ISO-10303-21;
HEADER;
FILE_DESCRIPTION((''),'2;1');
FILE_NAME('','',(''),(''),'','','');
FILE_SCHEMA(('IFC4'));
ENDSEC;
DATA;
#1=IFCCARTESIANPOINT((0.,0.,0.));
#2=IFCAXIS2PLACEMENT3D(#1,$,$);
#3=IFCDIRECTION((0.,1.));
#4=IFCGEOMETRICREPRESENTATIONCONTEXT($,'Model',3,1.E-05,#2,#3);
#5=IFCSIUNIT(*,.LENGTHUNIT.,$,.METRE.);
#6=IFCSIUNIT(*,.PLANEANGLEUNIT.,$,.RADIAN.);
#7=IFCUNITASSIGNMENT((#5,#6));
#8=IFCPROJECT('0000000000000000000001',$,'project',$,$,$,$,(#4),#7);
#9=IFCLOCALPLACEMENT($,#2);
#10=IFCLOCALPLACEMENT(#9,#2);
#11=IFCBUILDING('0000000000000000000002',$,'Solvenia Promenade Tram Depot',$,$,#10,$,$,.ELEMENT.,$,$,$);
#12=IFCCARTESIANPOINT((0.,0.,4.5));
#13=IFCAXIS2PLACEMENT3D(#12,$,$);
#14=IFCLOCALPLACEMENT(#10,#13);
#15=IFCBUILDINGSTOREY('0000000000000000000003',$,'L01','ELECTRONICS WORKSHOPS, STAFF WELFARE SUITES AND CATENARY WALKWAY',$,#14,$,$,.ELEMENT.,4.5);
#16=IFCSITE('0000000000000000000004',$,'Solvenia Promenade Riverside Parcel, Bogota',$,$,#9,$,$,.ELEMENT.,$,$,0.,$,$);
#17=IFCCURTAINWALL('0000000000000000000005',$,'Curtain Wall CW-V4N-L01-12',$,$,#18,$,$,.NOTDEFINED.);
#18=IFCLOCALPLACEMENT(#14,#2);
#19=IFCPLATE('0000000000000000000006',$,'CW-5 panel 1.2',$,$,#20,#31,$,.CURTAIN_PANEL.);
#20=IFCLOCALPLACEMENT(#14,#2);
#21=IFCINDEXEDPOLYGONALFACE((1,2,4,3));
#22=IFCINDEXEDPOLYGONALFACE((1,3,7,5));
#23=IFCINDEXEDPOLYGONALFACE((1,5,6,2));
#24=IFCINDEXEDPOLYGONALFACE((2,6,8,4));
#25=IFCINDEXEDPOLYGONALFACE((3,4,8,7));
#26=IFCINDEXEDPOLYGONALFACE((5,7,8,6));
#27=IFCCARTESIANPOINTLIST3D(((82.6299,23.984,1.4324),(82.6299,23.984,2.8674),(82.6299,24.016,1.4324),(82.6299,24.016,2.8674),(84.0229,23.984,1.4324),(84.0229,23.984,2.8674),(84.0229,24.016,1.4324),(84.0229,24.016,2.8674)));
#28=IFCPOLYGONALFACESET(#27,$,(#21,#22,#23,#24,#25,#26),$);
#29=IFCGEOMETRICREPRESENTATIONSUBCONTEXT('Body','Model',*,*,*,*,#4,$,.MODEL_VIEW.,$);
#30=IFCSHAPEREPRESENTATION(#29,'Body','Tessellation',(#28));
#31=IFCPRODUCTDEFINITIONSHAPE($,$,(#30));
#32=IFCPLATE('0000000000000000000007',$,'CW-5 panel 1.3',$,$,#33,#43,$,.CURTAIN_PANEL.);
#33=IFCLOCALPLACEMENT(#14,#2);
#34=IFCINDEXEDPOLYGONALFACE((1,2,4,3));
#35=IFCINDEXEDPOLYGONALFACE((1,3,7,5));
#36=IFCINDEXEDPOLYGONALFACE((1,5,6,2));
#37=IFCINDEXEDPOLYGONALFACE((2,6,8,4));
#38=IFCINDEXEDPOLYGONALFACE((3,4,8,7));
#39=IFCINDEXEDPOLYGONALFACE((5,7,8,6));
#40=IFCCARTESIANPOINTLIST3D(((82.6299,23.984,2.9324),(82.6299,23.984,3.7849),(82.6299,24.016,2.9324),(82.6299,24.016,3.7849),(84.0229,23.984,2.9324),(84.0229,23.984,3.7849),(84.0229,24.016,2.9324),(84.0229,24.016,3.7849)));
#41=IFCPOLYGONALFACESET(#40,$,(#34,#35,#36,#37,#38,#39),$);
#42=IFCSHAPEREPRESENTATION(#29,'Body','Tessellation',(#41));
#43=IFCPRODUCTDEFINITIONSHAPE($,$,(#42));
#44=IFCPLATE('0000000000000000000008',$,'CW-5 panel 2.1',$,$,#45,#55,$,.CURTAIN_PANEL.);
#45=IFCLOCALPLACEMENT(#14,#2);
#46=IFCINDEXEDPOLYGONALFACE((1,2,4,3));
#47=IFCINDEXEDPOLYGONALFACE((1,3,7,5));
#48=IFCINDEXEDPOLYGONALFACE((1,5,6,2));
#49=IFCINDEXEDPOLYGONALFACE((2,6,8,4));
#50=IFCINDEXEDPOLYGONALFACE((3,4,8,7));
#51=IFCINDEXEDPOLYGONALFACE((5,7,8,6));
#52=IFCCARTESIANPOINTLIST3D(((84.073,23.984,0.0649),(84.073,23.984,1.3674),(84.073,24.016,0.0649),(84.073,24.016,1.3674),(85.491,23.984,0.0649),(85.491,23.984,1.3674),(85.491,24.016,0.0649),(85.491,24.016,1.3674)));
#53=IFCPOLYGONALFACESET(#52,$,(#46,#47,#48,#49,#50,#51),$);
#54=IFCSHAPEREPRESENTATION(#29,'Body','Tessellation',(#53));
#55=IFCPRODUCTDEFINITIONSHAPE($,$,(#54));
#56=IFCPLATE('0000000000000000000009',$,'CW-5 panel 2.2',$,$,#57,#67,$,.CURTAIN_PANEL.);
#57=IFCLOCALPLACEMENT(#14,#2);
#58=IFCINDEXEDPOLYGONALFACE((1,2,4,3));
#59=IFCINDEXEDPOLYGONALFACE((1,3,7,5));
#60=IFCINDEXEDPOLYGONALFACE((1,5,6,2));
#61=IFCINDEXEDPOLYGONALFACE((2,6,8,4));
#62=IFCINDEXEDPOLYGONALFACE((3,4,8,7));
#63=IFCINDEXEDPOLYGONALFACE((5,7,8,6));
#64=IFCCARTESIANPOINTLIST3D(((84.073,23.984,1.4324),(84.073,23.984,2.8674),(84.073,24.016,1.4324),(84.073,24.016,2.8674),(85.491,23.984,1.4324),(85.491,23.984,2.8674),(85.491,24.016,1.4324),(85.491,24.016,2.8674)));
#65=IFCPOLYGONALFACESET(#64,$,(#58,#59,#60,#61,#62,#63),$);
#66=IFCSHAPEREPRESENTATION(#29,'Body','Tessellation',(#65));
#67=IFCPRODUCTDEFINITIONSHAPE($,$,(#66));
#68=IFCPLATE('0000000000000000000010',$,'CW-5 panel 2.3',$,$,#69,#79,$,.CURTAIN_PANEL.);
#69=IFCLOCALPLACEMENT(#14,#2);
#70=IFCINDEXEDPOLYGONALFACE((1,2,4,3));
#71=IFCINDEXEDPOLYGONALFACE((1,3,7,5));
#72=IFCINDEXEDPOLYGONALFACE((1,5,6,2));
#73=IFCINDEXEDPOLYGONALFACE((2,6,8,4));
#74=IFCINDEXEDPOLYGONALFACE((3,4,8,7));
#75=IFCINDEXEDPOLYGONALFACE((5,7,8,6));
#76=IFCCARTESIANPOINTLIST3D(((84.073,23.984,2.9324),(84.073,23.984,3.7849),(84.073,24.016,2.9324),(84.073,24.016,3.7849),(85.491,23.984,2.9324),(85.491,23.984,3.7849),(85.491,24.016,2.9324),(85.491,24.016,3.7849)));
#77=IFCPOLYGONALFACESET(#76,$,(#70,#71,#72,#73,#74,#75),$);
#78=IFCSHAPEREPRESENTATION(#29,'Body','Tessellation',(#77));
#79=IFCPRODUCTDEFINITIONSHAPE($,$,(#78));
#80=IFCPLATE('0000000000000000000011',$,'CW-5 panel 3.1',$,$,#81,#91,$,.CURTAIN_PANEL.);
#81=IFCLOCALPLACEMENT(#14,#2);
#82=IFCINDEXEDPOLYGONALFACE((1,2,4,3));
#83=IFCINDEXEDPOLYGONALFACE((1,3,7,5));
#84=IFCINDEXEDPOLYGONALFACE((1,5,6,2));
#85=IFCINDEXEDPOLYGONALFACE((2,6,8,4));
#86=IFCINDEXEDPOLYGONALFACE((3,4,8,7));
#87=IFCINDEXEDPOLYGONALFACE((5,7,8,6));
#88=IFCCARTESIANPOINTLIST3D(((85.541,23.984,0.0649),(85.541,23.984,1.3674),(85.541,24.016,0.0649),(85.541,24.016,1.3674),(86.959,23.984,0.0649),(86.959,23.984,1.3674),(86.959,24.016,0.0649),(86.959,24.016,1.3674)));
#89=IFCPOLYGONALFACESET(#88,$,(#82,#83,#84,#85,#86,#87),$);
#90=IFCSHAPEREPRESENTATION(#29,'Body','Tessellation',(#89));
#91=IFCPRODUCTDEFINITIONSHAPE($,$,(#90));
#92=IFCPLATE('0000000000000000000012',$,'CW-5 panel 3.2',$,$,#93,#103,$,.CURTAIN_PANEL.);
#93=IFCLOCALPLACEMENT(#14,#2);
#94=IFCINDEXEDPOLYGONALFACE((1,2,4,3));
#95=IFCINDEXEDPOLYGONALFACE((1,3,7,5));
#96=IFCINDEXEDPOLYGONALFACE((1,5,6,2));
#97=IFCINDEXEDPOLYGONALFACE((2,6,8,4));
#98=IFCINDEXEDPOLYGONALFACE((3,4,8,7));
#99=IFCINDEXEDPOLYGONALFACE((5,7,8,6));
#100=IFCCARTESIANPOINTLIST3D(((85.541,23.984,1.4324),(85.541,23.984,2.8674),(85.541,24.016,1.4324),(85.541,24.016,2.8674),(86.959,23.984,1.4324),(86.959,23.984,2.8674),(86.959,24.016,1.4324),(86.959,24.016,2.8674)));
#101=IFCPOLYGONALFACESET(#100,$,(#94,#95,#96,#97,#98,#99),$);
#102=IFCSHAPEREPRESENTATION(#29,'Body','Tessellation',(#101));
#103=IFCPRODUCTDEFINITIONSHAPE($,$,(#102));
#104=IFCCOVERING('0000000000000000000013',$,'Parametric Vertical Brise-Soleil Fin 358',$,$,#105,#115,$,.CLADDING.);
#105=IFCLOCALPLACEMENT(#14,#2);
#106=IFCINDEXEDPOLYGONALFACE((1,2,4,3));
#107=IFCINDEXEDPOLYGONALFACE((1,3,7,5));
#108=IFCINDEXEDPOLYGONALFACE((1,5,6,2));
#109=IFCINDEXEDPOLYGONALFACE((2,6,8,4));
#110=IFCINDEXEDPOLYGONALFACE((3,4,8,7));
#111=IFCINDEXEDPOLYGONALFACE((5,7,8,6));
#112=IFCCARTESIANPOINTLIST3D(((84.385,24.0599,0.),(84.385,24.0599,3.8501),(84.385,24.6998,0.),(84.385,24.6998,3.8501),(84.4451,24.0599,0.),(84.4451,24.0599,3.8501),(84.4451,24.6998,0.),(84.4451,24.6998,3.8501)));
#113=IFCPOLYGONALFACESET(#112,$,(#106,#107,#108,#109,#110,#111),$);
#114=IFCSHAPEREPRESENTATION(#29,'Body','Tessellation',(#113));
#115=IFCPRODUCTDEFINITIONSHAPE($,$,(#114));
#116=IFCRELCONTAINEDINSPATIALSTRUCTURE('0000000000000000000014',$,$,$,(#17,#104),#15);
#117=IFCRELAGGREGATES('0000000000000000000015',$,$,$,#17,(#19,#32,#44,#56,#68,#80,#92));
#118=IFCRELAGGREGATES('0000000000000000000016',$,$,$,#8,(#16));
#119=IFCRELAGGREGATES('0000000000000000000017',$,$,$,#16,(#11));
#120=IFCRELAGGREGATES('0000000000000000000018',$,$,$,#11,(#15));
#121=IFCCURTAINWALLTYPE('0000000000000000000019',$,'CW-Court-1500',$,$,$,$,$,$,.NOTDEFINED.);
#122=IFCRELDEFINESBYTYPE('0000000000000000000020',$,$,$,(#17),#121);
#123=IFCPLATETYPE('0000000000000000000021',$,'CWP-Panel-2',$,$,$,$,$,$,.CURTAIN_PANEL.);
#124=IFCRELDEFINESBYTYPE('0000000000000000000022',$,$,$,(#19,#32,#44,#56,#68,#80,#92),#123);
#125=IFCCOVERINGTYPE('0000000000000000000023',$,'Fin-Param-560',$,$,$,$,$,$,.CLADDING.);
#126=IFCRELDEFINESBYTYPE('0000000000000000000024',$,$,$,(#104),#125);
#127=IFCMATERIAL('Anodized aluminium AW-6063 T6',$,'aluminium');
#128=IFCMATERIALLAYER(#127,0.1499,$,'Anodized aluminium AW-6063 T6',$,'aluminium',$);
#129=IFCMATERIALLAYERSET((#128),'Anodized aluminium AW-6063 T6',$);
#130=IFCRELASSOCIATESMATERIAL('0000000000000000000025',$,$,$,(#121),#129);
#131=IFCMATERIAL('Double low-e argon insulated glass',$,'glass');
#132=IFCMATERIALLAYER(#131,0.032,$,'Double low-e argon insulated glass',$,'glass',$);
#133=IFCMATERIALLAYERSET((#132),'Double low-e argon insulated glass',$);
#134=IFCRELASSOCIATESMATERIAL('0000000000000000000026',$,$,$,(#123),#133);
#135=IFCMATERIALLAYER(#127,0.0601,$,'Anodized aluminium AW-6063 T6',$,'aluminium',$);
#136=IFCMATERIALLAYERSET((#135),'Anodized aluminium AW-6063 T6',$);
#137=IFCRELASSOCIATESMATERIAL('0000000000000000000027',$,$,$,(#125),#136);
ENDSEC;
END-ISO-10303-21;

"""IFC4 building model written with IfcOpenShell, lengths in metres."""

from ifc_helpers import new_model, si_unit, direction, frame, origin, origin_2d, place, context, subcontext, project, spatial, rectangle, extrude, material, layer, layer_set, type_object, element, aggregate, save


model = new_model("IFC4")

# Units and contexts
model_context = context("Model", 3, precision=1e-05, world=origin(), true_north=direction((0.0, 1.0)))
body_context = subcontext(model_context, "Body", "Model", "MODEL_VIEW")
ifc_project = project(units=[si_unit("LENGTHUNIT", "METRE"), si_unit("PLANEANGLEUNIT", "RADIAN")], contexts=[model_context])

# Site, building, storey
site_placement = place(None, origin())
site = spatial("IfcSite", under=ifc_project, at=site_placement, Name="Solvenia Promenade Riverside Parcel, Bogota", CompositionType="ELEMENT", RefElevation=0.0)
building_placement = place(site_placement, origin())
building = spatial("IfcBuilding", under=site, at=building_placement, Name="Solvenia Promenade Tram Depot", CompositionType="ELEMENT")
storey_placement = place(building_placement, frame((0.0, 0.0, 4.5)))
storey = spatial("IfcBuildingStorey", under=building, at=storey_placement, Name="L01", Description="ELECTRONICS WORKSHOPS, STAFF WELFARE SUITES AND CATENARY WALKWAY", CompositionType="ELEMENT", Elevation=4.5)

# Curtain wall
ifc_material_1 = material(Name="Anodized aluminium AW-6063 T6", Category="aluminium")
ifc_layer_1 = layer(ifc_material_1, 0.1499, Name="Anodized aluminium AW-6063 T6", Category="aluminium")
ifc_layer_set_1 = layer_set([ifc_layer_1], Name="Anodized aluminium AW-6063 T6")
curtain_wall_type = type_object("IfcCurtainWallType", Name="CW-Court-1500", PredefinedType="NOTDEFINED", material=ifc_layer_set_1)
curtain_wall_placement = place(storey_placement, origin())
curtain_wall = element("IfcCurtainWall", 1, at=curtain_wall_placement, inside=storey, type_object=curtain_wall_type, Name="Curtain Wall CW-V4N-L01-12", PredefinedType="NOTDEFINED")

# Plates
ifc_material_2 = material(Name="Double low-e argon insulated glass", Category="glass")
ifc_layer_2 = layer(ifc_material_2, 0.032, Name="Double low-e argon insulated glass", Category="glass")
ifc_layer_set_2 = layer_set([ifc_layer_2], Name="Double low-e argon insulated glass")
plate_type = type_object("IfcPlateType", Name="CWP-Panel-2", PredefinedType="CURTAIN_PANEL", material=ifc_layer_set_2)
plate_1_placement = place(storey_placement, frame((83.3264, 24.0, 1.4324), z_axis=(0.0, 0.0, 1.0), x_axis=(1.0, 0.0, 0.0)))
plate_1 = element("IfcPlate", 2, at=plate_1_placement, type_object=plate_type, Name="CW-5 panel 1.2", PredefinedType="CURTAIN_PANEL", context=body_context, shape_type="SweptSolid", body=[
    extrude(rectangle(XDim=1.3931, YDim=0.032, at=origin_2d()), origin(), (0.0, 0.0, 1.0), 1.4351),
])
plate_2_placement = place(storey_placement, frame((83.3264, 24.0, 2.9324), z_axis=(0.0, 0.0, 1.0), x_axis=(1.0, 0.0, 0.0)))
plate_2 = element("IfcPlate", 3, at=plate_2_placement, type_object=plate_type, Name="CW-5 panel 1.3", PredefinedType="CURTAIN_PANEL", context=body_context, shape_type="SweptSolid", body=[
    extrude(rectangle(XDim=1.3931, YDim=0.032, at=origin_2d()), origin(), (0.0, 0.0, 1.0), 0.8525),
])
plate_3_placement = place(storey_placement, frame((84.782, 24.0, 0.0649), z_axis=(0.0, 0.0, 1.0), x_axis=(1.0, 0.0, 0.0)))
plate_3 = element("IfcPlate", 4, at=plate_3_placement, type_object=plate_type, Name="CW-5 panel 2.1", PredefinedType="CURTAIN_PANEL", context=body_context, shape_type="SweptSolid", body=[
    extrude(rectangle(XDim=1.418, YDim=0.032, at=origin_2d()), origin(), (0.0, 0.0, 1.0), 1.3025),
])
plate_4_placement = place(storey_placement, frame((84.782, 24.0, 1.4324), z_axis=(0.0, 0.0, 1.0), x_axis=(1.0, 0.0, 0.0)))
plate_4 = element("IfcPlate", 5, at=plate_4_placement, type_object=plate_type, Name="CW-5 panel 2.2", PredefinedType="CURTAIN_PANEL", context=body_context, shape_type="SweptSolid", body=[
    extrude(rectangle(XDim=1.418, YDim=0.032, at=origin_2d()), origin(), (0.0, 0.0, 1.0), 1.4351),
])
plate_5_placement = place(storey_placement, frame((84.782, 24.0, 2.9324), z_axis=(0.0, 0.0, 1.0), x_axis=(1.0, 0.0, 0.0)))
plate_5 = element("IfcPlate", 6, at=plate_5_placement, type_object=plate_type, Name="CW-5 panel 2.3", PredefinedType="CURTAIN_PANEL", context=body_context, shape_type="SweptSolid", body=[
    extrude(rectangle(XDim=1.418, YDim=0.032, at=origin_2d()), origin(), (0.0, 0.0, 1.0), 0.8525),
])
plate_6_placement = place(storey_placement, frame((86.25, 24.0, 0.0649), z_axis=(0.0, 0.0, 1.0), x_axis=(1.0, 0.0, 0.0)))
plate_6 = element("IfcPlate", 7, at=plate_6_placement, type_object=plate_type, Name="CW-5 panel 3.1", PredefinedType="CURTAIN_PANEL", context=body_context, shape_type="SweptSolid", body=[
    extrude(rectangle(XDim=1.418, YDim=0.032, at=origin_2d()), origin(), (0.0, 0.0, 1.0), 1.3025),
])
plate_7_placement = place(storey_placement, frame((86.25, 24.0, 1.4324), z_axis=(0.0, 0.0, 1.0), x_axis=(1.0, 0.0, 0.0)))
plate_7 = element("IfcPlate", 8, at=plate_7_placement, type_object=plate_type, Name="CW-5 panel 3.2", PredefinedType="CURTAIN_PANEL", context=body_context, shape_type="SweptSolid", body=[
    extrude(rectangle(XDim=1.418, YDim=0.032, at=origin_2d()), origin(), (0.0, 0.0, 1.0), 1.4351),
])
aggregate(curtain_wall, [plate_1, plate_2, plate_3, plate_4, plate_5, plate_6, plate_7])

# Covering
ifc_layer_3 = layer(ifc_material_1, 0.0601, Name="Anodized aluminium AW-6063 T6", Category="aluminium")
ifc_layer_set_3 = layer_set([ifc_layer_3], Name="Anodized aluminium AW-6063 T6")
covering_type = type_object("IfcCoveringType", Name="Fin-Param-560", PredefinedType="CLADDING", material=ifc_layer_set_3)
covering_placement = place(storey_placement, frame((84.415, 24.3799, 0.0), z_axis=(0.0, 0.0, 1.0), x_axis=(1.0, 0.0, 0.0)))
element("IfcCovering", 9, at=covering_placement, inside=storey, type_object=covering_type, Name="Parametric Vertical Brise-Soleil Fin 358", PredefinedType="CLADDING", context=body_context, shape_type="SweptSolid", body=[
    extrude(rectangle(XDim=0.0601, YDim=0.6399, at=origin_2d()), origin(), (0.0, 0.0, 1.0), 3.8501),
])

save(model, "model.ifc")
